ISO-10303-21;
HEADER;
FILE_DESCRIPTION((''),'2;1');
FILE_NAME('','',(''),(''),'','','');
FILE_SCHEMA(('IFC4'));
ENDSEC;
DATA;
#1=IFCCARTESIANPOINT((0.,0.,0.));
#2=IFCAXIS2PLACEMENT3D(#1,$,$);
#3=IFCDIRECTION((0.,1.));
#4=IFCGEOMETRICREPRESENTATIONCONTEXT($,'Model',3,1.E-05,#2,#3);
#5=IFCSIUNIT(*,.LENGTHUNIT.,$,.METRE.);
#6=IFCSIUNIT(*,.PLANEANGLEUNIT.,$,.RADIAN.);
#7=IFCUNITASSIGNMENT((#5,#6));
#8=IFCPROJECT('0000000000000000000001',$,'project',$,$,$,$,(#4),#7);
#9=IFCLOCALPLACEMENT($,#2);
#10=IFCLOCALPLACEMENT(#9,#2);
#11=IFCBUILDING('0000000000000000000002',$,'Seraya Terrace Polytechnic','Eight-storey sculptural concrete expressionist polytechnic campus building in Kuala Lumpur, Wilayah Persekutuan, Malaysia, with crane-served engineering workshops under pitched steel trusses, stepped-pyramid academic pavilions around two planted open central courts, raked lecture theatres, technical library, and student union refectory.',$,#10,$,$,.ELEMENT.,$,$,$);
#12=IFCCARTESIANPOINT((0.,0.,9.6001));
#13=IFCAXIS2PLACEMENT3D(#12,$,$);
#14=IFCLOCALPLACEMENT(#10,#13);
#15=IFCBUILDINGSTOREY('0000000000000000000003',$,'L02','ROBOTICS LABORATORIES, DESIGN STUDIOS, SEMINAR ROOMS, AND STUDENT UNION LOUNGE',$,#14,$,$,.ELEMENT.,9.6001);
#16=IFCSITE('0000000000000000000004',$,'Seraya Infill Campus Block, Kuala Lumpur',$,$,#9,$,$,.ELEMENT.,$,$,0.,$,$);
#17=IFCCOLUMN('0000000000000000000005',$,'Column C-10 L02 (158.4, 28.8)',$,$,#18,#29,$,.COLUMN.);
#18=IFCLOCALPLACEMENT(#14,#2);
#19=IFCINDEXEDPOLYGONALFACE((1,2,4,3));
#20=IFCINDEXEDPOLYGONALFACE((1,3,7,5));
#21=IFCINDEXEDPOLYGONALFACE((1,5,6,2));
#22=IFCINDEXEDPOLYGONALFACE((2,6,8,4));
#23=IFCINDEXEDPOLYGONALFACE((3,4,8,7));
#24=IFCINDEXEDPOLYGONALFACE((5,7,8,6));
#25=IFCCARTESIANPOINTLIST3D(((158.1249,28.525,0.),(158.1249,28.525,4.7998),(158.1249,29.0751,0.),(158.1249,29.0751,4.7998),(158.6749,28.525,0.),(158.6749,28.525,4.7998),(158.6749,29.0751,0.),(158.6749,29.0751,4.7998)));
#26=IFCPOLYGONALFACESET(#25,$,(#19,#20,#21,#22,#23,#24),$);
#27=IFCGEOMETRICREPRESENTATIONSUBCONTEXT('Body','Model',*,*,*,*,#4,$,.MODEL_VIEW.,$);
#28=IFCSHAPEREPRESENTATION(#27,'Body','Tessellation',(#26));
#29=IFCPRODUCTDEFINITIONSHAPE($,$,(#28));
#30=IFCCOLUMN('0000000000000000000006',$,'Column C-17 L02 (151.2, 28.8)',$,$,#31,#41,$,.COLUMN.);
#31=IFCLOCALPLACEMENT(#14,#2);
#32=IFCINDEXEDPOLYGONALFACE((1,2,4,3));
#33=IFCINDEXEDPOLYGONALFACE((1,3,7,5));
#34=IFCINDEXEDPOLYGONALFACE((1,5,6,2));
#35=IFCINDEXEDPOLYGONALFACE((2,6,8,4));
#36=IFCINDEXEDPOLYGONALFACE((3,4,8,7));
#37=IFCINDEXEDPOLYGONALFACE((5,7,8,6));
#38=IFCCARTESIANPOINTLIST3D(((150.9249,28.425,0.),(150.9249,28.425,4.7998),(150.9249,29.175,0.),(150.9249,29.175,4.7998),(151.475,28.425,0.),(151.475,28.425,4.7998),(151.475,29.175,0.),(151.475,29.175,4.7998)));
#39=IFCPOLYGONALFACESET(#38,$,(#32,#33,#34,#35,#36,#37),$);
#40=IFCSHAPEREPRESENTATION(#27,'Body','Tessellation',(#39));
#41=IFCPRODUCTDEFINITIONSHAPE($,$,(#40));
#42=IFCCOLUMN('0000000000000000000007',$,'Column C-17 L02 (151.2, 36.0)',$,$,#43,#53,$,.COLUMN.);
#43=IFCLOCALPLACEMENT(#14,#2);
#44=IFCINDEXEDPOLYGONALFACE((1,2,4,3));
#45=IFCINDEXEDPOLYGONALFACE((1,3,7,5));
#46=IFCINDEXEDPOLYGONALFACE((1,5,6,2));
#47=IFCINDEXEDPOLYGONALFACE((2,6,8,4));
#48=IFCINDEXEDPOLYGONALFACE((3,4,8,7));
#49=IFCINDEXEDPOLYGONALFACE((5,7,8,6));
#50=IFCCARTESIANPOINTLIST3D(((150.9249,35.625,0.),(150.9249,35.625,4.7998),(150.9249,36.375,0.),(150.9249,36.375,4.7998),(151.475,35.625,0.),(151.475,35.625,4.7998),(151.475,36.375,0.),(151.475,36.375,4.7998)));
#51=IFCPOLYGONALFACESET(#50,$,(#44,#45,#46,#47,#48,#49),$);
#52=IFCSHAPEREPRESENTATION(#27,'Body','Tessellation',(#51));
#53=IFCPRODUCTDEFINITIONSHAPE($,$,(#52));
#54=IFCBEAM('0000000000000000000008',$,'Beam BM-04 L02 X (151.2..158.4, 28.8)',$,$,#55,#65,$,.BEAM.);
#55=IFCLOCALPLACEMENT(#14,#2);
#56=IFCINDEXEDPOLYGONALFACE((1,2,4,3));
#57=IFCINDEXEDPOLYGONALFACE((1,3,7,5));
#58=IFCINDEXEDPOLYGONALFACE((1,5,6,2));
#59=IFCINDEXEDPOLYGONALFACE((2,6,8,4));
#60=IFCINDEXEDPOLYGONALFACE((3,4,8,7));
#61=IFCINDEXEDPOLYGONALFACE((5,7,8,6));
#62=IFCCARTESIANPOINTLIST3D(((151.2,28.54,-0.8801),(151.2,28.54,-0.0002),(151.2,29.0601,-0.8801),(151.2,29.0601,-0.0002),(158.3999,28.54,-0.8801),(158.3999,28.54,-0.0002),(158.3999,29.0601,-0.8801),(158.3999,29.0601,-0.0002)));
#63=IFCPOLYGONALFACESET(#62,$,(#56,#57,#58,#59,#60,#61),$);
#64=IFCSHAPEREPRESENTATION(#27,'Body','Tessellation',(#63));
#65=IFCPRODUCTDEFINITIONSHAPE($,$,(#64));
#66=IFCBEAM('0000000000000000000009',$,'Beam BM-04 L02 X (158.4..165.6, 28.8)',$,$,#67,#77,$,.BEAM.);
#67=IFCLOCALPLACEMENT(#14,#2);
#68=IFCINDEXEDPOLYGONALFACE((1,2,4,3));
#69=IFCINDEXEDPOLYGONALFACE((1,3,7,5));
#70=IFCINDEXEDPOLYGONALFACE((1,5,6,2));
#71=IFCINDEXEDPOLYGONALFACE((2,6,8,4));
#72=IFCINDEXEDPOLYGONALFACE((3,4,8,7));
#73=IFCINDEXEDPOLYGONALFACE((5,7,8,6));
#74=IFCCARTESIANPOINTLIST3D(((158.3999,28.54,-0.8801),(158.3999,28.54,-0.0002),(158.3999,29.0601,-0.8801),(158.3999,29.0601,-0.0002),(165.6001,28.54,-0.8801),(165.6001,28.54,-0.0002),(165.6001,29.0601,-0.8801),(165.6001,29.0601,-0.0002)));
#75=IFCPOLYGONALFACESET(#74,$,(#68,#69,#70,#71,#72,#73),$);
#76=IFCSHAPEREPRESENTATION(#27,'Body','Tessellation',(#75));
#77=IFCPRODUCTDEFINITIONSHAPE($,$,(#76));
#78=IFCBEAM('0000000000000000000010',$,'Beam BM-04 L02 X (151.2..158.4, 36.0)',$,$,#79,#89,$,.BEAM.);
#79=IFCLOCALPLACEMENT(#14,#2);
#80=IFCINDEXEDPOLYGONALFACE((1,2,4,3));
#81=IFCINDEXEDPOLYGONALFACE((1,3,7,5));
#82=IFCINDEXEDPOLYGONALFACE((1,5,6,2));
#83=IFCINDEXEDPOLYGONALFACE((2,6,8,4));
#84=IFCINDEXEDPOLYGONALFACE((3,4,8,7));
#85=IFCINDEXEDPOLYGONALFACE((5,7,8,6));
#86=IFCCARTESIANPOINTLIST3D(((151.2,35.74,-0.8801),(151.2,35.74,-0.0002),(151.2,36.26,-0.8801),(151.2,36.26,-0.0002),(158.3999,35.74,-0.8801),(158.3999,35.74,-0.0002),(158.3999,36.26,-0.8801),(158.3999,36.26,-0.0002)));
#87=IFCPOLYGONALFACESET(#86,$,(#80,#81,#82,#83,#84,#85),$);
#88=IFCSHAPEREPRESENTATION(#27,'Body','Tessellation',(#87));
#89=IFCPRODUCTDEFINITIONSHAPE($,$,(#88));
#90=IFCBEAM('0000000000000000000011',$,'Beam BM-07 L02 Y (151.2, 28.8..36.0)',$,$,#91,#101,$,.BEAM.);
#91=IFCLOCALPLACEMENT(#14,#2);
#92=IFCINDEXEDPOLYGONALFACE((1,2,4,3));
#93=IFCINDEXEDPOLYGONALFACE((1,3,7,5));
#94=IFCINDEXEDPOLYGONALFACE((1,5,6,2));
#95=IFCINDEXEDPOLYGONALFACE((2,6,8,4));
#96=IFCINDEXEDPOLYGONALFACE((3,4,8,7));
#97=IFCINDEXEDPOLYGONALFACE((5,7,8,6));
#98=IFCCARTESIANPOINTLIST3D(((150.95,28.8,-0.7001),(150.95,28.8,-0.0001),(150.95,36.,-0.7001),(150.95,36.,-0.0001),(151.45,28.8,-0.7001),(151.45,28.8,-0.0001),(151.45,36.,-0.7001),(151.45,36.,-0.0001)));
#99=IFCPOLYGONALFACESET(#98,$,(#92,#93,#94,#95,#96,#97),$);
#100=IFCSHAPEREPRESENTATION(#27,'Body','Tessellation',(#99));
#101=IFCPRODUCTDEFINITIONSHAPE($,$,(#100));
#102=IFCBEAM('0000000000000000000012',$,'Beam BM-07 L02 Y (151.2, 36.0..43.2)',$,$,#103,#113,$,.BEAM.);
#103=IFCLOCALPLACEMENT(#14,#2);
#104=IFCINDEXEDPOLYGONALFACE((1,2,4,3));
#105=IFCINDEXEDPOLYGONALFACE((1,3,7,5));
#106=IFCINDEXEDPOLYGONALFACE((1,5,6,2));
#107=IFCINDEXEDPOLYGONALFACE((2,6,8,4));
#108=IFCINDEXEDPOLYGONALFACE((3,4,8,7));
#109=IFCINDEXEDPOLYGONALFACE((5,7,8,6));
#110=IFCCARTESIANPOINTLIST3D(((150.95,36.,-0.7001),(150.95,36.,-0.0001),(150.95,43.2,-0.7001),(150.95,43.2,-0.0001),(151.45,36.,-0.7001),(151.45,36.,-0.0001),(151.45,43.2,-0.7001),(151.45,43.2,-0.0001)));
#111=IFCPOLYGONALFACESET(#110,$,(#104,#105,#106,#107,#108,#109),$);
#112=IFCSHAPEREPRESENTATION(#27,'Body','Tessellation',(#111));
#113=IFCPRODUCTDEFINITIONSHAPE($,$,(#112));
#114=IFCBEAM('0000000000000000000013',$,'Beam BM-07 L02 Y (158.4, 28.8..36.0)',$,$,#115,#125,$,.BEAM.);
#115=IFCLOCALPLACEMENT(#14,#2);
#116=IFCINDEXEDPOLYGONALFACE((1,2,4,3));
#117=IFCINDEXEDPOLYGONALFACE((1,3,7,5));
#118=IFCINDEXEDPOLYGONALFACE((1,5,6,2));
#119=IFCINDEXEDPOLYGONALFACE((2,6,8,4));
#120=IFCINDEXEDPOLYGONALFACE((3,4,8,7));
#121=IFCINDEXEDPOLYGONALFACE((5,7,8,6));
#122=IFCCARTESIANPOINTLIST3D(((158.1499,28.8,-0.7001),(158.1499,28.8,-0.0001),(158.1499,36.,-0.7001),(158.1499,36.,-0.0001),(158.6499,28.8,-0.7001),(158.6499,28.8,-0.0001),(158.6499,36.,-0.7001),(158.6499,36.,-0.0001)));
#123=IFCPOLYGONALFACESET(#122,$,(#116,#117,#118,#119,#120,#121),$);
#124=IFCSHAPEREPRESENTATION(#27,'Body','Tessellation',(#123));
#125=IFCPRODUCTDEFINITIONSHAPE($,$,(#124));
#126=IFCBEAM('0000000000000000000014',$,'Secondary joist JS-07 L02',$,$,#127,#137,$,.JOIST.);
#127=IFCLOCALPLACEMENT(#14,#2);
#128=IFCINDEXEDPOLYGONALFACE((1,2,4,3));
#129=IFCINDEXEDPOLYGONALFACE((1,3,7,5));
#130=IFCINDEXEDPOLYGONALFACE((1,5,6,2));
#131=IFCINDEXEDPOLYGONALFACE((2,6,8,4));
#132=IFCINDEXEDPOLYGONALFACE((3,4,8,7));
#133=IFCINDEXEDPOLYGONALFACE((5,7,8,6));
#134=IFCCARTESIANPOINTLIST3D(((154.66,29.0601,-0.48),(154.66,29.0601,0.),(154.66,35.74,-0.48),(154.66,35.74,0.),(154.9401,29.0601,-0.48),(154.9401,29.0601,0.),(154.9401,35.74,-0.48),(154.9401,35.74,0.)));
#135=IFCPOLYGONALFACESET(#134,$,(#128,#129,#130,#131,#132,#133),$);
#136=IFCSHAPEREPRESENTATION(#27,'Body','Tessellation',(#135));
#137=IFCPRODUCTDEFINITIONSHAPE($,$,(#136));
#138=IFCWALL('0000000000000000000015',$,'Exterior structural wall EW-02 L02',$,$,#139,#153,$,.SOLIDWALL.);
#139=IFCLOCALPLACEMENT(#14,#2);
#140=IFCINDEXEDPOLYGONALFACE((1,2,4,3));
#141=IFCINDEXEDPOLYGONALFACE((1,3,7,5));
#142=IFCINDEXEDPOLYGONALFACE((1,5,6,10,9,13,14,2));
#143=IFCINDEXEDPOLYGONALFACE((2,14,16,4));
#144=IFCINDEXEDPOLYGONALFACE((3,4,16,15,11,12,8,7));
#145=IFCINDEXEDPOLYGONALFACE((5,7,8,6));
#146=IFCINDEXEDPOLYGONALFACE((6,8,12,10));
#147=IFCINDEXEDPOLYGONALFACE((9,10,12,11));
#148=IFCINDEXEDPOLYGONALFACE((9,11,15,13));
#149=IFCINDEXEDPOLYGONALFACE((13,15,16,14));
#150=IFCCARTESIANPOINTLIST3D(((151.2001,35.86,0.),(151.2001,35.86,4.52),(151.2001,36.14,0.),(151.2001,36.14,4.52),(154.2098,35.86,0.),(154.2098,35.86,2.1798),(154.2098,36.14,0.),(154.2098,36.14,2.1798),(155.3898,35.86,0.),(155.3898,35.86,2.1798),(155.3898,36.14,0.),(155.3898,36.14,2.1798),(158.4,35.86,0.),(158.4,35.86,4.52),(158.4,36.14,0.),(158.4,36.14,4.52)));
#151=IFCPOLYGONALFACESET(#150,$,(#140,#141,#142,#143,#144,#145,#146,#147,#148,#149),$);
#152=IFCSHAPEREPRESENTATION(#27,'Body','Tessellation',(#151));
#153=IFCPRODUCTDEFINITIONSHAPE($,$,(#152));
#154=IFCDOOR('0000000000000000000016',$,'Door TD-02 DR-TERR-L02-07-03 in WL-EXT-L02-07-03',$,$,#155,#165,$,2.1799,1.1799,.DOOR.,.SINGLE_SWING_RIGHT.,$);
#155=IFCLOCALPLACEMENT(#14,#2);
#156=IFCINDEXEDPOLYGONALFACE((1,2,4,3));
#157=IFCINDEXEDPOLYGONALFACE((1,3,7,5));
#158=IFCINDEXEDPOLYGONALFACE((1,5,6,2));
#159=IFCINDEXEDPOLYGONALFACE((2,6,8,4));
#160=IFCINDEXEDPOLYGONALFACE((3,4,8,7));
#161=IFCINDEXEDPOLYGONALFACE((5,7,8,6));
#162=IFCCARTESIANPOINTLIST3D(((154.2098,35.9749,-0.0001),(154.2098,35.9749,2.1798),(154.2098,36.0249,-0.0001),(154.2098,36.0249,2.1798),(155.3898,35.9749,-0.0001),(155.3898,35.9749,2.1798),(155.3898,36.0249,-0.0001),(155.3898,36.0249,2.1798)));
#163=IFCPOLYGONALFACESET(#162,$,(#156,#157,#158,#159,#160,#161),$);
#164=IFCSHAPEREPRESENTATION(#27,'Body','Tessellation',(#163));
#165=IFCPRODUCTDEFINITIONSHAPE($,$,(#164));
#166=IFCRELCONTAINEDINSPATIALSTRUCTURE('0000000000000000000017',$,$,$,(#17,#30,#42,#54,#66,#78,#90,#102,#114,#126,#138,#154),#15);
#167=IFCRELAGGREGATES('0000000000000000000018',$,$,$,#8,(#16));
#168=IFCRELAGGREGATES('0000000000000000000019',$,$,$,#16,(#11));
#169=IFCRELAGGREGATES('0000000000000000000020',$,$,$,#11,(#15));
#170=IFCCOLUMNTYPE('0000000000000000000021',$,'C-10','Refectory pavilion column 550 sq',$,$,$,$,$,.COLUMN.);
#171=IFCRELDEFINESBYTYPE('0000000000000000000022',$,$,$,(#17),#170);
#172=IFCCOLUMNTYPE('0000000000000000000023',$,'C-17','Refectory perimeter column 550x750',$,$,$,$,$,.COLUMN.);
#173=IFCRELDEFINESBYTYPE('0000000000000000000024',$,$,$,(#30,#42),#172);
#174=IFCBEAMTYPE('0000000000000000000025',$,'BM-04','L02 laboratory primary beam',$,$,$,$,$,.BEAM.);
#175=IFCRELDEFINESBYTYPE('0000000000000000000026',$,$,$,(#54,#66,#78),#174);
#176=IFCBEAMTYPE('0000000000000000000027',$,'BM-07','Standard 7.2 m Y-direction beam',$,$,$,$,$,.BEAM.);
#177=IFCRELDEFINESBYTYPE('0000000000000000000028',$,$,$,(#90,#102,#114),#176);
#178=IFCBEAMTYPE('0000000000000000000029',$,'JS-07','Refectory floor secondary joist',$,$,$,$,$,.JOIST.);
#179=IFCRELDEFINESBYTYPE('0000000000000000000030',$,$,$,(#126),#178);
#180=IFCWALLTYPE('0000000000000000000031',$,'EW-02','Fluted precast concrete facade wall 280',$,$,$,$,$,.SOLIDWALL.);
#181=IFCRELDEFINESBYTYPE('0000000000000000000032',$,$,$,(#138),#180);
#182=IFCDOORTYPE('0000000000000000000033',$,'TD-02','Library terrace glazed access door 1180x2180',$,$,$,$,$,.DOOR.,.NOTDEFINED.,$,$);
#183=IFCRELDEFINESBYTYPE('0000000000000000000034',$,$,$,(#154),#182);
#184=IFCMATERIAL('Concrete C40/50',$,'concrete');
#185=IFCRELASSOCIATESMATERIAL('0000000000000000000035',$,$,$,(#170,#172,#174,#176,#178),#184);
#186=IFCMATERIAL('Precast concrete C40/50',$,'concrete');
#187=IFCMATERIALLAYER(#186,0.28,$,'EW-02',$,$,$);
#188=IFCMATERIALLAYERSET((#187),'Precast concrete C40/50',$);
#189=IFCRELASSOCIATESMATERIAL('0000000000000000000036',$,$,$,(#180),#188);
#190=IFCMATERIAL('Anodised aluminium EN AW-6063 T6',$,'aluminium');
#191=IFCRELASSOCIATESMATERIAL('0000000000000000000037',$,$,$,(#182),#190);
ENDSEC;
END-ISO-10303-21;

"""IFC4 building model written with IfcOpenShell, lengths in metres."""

from ifc_helpers import new_model, si_unit, direction, frame, frame_2d, origin, origin_2d, place, context, subcontext, project, spatial, rectangle, extrude, material, layer, layer_set, material_profile, profile_set, type_object, element, fill, save


model = new_model("IFC4")

# Units and contexts
model_context = context("Model", 3, precision=1e-05, world=origin(), true_north=direction((0.0, 1.0)))
body_context = subcontext(model_context, "Body", "Model", "MODEL_VIEW")
ifc_project = project(units=[si_unit("LENGTHUNIT", "METRE"), si_unit("PLANEANGLEUNIT", "RADIAN")], contexts=[model_context])

# Site, building, storey
site_placement = place(None, origin())
site = spatial("IfcSite", under=ifc_project, at=site_placement, Name="Seraya Infill Campus Block, Kuala Lumpur", CompositionType="ELEMENT", RefElevation=0.0)
building_placement = place(site_placement, origin())
building = spatial("IfcBuilding", under=site, at=building_placement, Name="Seraya Terrace Polytechnic", Description="Eight-storey sculptural concrete expressionist polytechnic campus building in Kuala Lumpur, Wilayah Persekutuan, Malaysia, with crane-served engineering workshops under pitched steel trusses, stepped-pyramid academic pavilions around two planted open central courts, raked lecture theatres, technical library, and student union refectory.", CompositionType="ELEMENT")
storey_placement = place(building_placement, frame((0.0, 0.0, 9.6001)))
storey = spatial("IfcBuildingStorey", under=building, at=storey_placement, Name="L02", Description="ROBOTICS LABORATORIES, DESIGN STUDIOS, SEMINAR ROOMS, AND STUDENT UNION LOUNGE", CompositionType="ELEMENT", Elevation=9.6001)

# Columns
ifc_material_1 = material(Name="Concrete C40/50", Category="concrete")
ifc_material_profile_1 = material_profile(ifc_material_1, rectangle(XDim=0.55, YDim=0.55, at=origin_2d()), Name="RC 550x550")
ifc_profile_set_1 = profile_set([ifc_material_profile_1], Name="Concrete C40/50")
column_type_1 = type_object("IfcColumnType", Name="C-10", Description="Refectory pavilion column 550 sq", PredefinedType="COLUMN", material=ifc_profile_set_1)
column_placement = place(storey_placement, frame((158.3999, 28.8, 0.0), z_axis=(0.0, 0.0, 1.0), x_axis=(1.0, 0.0, 0.0)))
element("IfcColumn", 1, at=column_placement, inside=storey, type_object=column_type_1, Name="Column C-10 L02 (158.4, 28.8)", PredefinedType="COLUMN", context=body_context, shape_type="SweptSolid", body=[
    extrude(rectangle(XDim=0.55, YDim=0.55, at=origin_2d()), origin(), (0.0, 0.0, 1.0), 4.7998),
])
ifc_material_profile_2 = material_profile(ifc_material_1, rectangle(XDim=0.55, YDim=0.75, at=origin_2d()), Name="RC 550x750")
ifc_profile_set_2 = profile_set([ifc_material_profile_2], Name="Concrete C40/50")
column_type_2 = type_object("IfcColumnType", Name="C-17", Description="Refectory perimeter column 550x750", PredefinedType="COLUMN", material=ifc_profile_set_2)
for number, where, z_axis, x_axis, name in (
    (2, (151.2, 28.8, 0.0), (0.0, 0.0, 1.0), (1.0, 0.0, 0.0), "Column C-17 L02 (151.2, 28.8)"),
    (3, (151.2, 36.0, 0.0), (0.0, 0.0, 1.0), (1.0, 0.0, 0.0), "Column C-17 L02 (151.2, 36.0)"),
):
    element("IfcColumn", number, at=place(storey_placement, frame(where, z_axis=z_axis, x_axis=x_axis)), inside=storey, type_object=column_type_2, Name=name, PredefinedType="COLUMN", context=body_context, shape_type="SweptSolid", body=[
        extrude(rectangle(XDim=0.55, YDim=0.75, at=origin_2d()), origin(), (0.0, 0.0, 1.0), 4.7998),
    ])

# Beams
ifc_material_profile_3 = material_profile(ifc_material_1, rectangle(XDim=0.52, YDim=0.8799, at=origin_2d()), Name="RC 520x880")
ifc_profile_set_3 = profile_set([ifc_material_profile_3], Name="Concrete C40/50")
beam_type_1 = type_object("IfcBeamType", Name="BM-04", Description="L02 laboratory primary beam", PredefinedType="BEAM", material=ifc_profile_set_3)
beam_1_placement = place(storey_placement, frame((151.2, 28.8, -0.4402), z_axis=(1.0, 0.0, 0.0), x_axis=(0.0, 1.0, 0.0)))
element("IfcBeam", 4, at=beam_1_placement, inside=storey, type_object=beam_type_1, Name="Beam BM-04 L02 X (151.2..158.4, 28.8)", PredefinedType="BEAM", context=body_context, shape_type="SweptSolid", body=[
    extrude(rectangle(XDim=0.52, YDim=0.8799, at=origin_2d()), origin(), (0.0, 0.0, 1.0), 7.2),
])
beam_2_placement = place(storey_placement, frame((158.3999, 28.8, -0.4402), z_axis=(1.0, 0.0, 0.0), x_axis=(0.0, 1.0, 0.0)))
element("IfcBeam", 5, at=beam_2_placement, inside=storey, type_object=beam_type_1, Name="Beam BM-04 L02 X (158.4..165.6, 28.8)", PredefinedType="BEAM", context=body_context, shape_type="SweptSolid", body=[
    extrude(rectangle(XDim=0.52, YDim=0.8799, at=origin_2d()), origin(), (0.0, 0.0, 1.0), 7.2002),
])
beam_3_placement = place(storey_placement, frame((151.2, 36.0, -0.4402), z_axis=(1.0, 0.0, 0.0), x_axis=(0.0, 1.0, 0.0)))
element("IfcBeam", 6, at=beam_3_placement, inside=storey, type_object=beam_type_1, Name="Beam BM-04 L02 X (151.2..158.4, 36.0)", PredefinedType="BEAM", context=body_context, shape_type="SweptSolid", body=[
    extrude(rectangle(XDim=0.52, YDim=0.8799, at=origin_2d()), origin(), (0.0, 0.0, 1.0), 7.2),
])
ifc_material_profile_4 = material_profile(ifc_material_1, rectangle(XDim=0.5, YDim=0.7, at=origin_2d()), Name="RC 500x700")
ifc_profile_set_4 = profile_set([ifc_material_profile_4], Name="Concrete C40/50")
beam_type_2 = type_object("IfcBeamType", Name="BM-07", Description="Standard 7.2 m Y-direction beam", PredefinedType="BEAM", material=ifc_profile_set_4)
for number, where, z_axis, x_axis, name in (
    (7, (151.2, 28.8, -0.3501), (0.0, 1.0, 0.0), (-1.0, 0.0, 0.0), "Beam BM-07 L02 Y (151.2, 28.8..36.0)"),
    (8, (151.2, 36.0, -0.3501), (0.0, 1.0, 0.0), (-1.0, 0.0, 0.0), "Beam BM-07 L02 Y (151.2, 36.0..43.2)"),
    (9, (158.3999, 28.8, -0.3501), (0.0, 1.0, 0.0), (-1.0, 0.0, 0.0), "Beam BM-07 L02 Y (158.4, 28.8..36.0)"),
):
    element("IfcBeam", number, at=place(storey_placement, frame(where, z_axis=z_axis, x_axis=x_axis)), inside=storey, type_object=beam_type_2, Name=name, PredefinedType="BEAM", context=body_context, shape_type="SweptSolid", body=[
        extrude(rectangle(XDim=0.5, YDim=0.7, at=origin_2d()), origin(), (0.0, 0.0, 1.0), 7.2),
    ])
ifc_material_profile_5 = material_profile(ifc_material_1, rectangle(XDim=0.28, YDim=0.48, at=origin_2d()), Name="RC 280x480")
ifc_profile_set_5 = profile_set([ifc_material_profile_5], Name="Concrete C40/50")
beam_type_3 = type_object("IfcBeamType", Name="JS-07", Description="Refectory floor secondary joist", PredefinedType="JOIST", material=ifc_profile_set_5)
beam_4_placement = place(storey_placement, frame((154.8, 29.0601, -0.24), z_axis=(0.0, 1.0, 0.0), x_axis=(-1.0, 0.0, 0.0)))
element("IfcBeam", 10, at=beam_4_placement, inside=storey, type_object=beam_type_3, Name="Secondary joist JS-07 L02", PredefinedType="JOIST", context=body_context, shape_type="SweptSolid", body=[
    extrude(rectangle(XDim=0.28, YDim=0.48, at=origin_2d()), origin(), (0.0, 0.0, 1.0), 6.6799),
])

# Wall, opening, door
ifc_material_2 = material(Name="Precast concrete C40/50", Category="concrete")
ifc_layer_1 = layer(ifc_material_2, 0.28, Name="EW-02")
ifc_layer_set_1 = layer_set([ifc_layer_1], Name="Precast concrete C40/50")
wall_type_1 = type_object("IfcWallType", Name="EW-02", Description="Fluted precast concrete facade wall 280", PredefinedType="SOLIDWALL", material=ifc_layer_set_1)
wall_1_placement = place(storey_placement, frame((151.2, 36.0, 0.0), z_axis=(0.0, 0.0, 1.0), x_axis=(1.0, 0.0, 0.0)))
wall_1 = element("IfcWall", 11, at=wall_1_placement, inside=storey, type_object=wall_type_1, Name="Exterior structural wall EW-02 L02", PredefinedType="SOLIDWALL", context=body_context, shape_type="SweptSolid", body=[
    extrude(rectangle(XDim=7.2, YDim=0.28, at=frame_2d((3.6001, 0.0))), origin(), (0.0, 0.0, 1.0), 4.52),
])
opening_1_placement = place(wall_1_placement, frame((3.01, 0.0, 0.0)))
opening_1 = element("IfcOpeningElement", 12, at=opening_1_placement, cuts=wall_1, PredefinedType="OPENING", context=body_context, shape_type="SweptSolid", body=[
    extrude(rectangle(XDim=1.1799, YDim=2.1799, at=frame_2d((0.5898, 1.0898))), frame((0.0, 0.1519, 0.0), z_axis=(0.0, -1.0, 0.0), x_axis=(1.0, 0.0, 0.0)), (0.0, 0.0, 1.0), 0.304),
])
ifc_material_3 = material(Name="Anodised aluminium EN AW-6063 T6", Category="aluminium")
door_type_1 = type_object("IfcDoorType", Name="TD-02", Description="Library terrace glazed access door 1180x2180", OperationType="NOTDEFINED", PredefinedType="DOOR", material=ifc_material_3)
door_1_placement = place(opening_1_placement, origin())
door_1 = element("IfcDoor", 13, at=door_1_placement, inside=storey, type_object=door_type_1, Name="Door TD-02 DR-TERR-L02-07-03 in WL-EXT-L02-07-03", OperationType="SINGLE_SWING_RIGHT", OverallHeight=2.1799, OverallWidth=1.1799, PredefinedType="DOOR", context=body_context, shape_type="SweptSolid", body=[
    extrude(rectangle(XDim=1.1799, YDim=2.1799, at=frame_2d((0.5898, 1.0898))), frame((0.0, 0.0249, 0.0), z_axis=(0.0, -1.0, 0.0), x_axis=(1.0, 0.0, 0.0)), (0.0, 0.0, 1.0), 0.05),
])
fill(opening_1, door_1)

save(model, "model.ifc")
